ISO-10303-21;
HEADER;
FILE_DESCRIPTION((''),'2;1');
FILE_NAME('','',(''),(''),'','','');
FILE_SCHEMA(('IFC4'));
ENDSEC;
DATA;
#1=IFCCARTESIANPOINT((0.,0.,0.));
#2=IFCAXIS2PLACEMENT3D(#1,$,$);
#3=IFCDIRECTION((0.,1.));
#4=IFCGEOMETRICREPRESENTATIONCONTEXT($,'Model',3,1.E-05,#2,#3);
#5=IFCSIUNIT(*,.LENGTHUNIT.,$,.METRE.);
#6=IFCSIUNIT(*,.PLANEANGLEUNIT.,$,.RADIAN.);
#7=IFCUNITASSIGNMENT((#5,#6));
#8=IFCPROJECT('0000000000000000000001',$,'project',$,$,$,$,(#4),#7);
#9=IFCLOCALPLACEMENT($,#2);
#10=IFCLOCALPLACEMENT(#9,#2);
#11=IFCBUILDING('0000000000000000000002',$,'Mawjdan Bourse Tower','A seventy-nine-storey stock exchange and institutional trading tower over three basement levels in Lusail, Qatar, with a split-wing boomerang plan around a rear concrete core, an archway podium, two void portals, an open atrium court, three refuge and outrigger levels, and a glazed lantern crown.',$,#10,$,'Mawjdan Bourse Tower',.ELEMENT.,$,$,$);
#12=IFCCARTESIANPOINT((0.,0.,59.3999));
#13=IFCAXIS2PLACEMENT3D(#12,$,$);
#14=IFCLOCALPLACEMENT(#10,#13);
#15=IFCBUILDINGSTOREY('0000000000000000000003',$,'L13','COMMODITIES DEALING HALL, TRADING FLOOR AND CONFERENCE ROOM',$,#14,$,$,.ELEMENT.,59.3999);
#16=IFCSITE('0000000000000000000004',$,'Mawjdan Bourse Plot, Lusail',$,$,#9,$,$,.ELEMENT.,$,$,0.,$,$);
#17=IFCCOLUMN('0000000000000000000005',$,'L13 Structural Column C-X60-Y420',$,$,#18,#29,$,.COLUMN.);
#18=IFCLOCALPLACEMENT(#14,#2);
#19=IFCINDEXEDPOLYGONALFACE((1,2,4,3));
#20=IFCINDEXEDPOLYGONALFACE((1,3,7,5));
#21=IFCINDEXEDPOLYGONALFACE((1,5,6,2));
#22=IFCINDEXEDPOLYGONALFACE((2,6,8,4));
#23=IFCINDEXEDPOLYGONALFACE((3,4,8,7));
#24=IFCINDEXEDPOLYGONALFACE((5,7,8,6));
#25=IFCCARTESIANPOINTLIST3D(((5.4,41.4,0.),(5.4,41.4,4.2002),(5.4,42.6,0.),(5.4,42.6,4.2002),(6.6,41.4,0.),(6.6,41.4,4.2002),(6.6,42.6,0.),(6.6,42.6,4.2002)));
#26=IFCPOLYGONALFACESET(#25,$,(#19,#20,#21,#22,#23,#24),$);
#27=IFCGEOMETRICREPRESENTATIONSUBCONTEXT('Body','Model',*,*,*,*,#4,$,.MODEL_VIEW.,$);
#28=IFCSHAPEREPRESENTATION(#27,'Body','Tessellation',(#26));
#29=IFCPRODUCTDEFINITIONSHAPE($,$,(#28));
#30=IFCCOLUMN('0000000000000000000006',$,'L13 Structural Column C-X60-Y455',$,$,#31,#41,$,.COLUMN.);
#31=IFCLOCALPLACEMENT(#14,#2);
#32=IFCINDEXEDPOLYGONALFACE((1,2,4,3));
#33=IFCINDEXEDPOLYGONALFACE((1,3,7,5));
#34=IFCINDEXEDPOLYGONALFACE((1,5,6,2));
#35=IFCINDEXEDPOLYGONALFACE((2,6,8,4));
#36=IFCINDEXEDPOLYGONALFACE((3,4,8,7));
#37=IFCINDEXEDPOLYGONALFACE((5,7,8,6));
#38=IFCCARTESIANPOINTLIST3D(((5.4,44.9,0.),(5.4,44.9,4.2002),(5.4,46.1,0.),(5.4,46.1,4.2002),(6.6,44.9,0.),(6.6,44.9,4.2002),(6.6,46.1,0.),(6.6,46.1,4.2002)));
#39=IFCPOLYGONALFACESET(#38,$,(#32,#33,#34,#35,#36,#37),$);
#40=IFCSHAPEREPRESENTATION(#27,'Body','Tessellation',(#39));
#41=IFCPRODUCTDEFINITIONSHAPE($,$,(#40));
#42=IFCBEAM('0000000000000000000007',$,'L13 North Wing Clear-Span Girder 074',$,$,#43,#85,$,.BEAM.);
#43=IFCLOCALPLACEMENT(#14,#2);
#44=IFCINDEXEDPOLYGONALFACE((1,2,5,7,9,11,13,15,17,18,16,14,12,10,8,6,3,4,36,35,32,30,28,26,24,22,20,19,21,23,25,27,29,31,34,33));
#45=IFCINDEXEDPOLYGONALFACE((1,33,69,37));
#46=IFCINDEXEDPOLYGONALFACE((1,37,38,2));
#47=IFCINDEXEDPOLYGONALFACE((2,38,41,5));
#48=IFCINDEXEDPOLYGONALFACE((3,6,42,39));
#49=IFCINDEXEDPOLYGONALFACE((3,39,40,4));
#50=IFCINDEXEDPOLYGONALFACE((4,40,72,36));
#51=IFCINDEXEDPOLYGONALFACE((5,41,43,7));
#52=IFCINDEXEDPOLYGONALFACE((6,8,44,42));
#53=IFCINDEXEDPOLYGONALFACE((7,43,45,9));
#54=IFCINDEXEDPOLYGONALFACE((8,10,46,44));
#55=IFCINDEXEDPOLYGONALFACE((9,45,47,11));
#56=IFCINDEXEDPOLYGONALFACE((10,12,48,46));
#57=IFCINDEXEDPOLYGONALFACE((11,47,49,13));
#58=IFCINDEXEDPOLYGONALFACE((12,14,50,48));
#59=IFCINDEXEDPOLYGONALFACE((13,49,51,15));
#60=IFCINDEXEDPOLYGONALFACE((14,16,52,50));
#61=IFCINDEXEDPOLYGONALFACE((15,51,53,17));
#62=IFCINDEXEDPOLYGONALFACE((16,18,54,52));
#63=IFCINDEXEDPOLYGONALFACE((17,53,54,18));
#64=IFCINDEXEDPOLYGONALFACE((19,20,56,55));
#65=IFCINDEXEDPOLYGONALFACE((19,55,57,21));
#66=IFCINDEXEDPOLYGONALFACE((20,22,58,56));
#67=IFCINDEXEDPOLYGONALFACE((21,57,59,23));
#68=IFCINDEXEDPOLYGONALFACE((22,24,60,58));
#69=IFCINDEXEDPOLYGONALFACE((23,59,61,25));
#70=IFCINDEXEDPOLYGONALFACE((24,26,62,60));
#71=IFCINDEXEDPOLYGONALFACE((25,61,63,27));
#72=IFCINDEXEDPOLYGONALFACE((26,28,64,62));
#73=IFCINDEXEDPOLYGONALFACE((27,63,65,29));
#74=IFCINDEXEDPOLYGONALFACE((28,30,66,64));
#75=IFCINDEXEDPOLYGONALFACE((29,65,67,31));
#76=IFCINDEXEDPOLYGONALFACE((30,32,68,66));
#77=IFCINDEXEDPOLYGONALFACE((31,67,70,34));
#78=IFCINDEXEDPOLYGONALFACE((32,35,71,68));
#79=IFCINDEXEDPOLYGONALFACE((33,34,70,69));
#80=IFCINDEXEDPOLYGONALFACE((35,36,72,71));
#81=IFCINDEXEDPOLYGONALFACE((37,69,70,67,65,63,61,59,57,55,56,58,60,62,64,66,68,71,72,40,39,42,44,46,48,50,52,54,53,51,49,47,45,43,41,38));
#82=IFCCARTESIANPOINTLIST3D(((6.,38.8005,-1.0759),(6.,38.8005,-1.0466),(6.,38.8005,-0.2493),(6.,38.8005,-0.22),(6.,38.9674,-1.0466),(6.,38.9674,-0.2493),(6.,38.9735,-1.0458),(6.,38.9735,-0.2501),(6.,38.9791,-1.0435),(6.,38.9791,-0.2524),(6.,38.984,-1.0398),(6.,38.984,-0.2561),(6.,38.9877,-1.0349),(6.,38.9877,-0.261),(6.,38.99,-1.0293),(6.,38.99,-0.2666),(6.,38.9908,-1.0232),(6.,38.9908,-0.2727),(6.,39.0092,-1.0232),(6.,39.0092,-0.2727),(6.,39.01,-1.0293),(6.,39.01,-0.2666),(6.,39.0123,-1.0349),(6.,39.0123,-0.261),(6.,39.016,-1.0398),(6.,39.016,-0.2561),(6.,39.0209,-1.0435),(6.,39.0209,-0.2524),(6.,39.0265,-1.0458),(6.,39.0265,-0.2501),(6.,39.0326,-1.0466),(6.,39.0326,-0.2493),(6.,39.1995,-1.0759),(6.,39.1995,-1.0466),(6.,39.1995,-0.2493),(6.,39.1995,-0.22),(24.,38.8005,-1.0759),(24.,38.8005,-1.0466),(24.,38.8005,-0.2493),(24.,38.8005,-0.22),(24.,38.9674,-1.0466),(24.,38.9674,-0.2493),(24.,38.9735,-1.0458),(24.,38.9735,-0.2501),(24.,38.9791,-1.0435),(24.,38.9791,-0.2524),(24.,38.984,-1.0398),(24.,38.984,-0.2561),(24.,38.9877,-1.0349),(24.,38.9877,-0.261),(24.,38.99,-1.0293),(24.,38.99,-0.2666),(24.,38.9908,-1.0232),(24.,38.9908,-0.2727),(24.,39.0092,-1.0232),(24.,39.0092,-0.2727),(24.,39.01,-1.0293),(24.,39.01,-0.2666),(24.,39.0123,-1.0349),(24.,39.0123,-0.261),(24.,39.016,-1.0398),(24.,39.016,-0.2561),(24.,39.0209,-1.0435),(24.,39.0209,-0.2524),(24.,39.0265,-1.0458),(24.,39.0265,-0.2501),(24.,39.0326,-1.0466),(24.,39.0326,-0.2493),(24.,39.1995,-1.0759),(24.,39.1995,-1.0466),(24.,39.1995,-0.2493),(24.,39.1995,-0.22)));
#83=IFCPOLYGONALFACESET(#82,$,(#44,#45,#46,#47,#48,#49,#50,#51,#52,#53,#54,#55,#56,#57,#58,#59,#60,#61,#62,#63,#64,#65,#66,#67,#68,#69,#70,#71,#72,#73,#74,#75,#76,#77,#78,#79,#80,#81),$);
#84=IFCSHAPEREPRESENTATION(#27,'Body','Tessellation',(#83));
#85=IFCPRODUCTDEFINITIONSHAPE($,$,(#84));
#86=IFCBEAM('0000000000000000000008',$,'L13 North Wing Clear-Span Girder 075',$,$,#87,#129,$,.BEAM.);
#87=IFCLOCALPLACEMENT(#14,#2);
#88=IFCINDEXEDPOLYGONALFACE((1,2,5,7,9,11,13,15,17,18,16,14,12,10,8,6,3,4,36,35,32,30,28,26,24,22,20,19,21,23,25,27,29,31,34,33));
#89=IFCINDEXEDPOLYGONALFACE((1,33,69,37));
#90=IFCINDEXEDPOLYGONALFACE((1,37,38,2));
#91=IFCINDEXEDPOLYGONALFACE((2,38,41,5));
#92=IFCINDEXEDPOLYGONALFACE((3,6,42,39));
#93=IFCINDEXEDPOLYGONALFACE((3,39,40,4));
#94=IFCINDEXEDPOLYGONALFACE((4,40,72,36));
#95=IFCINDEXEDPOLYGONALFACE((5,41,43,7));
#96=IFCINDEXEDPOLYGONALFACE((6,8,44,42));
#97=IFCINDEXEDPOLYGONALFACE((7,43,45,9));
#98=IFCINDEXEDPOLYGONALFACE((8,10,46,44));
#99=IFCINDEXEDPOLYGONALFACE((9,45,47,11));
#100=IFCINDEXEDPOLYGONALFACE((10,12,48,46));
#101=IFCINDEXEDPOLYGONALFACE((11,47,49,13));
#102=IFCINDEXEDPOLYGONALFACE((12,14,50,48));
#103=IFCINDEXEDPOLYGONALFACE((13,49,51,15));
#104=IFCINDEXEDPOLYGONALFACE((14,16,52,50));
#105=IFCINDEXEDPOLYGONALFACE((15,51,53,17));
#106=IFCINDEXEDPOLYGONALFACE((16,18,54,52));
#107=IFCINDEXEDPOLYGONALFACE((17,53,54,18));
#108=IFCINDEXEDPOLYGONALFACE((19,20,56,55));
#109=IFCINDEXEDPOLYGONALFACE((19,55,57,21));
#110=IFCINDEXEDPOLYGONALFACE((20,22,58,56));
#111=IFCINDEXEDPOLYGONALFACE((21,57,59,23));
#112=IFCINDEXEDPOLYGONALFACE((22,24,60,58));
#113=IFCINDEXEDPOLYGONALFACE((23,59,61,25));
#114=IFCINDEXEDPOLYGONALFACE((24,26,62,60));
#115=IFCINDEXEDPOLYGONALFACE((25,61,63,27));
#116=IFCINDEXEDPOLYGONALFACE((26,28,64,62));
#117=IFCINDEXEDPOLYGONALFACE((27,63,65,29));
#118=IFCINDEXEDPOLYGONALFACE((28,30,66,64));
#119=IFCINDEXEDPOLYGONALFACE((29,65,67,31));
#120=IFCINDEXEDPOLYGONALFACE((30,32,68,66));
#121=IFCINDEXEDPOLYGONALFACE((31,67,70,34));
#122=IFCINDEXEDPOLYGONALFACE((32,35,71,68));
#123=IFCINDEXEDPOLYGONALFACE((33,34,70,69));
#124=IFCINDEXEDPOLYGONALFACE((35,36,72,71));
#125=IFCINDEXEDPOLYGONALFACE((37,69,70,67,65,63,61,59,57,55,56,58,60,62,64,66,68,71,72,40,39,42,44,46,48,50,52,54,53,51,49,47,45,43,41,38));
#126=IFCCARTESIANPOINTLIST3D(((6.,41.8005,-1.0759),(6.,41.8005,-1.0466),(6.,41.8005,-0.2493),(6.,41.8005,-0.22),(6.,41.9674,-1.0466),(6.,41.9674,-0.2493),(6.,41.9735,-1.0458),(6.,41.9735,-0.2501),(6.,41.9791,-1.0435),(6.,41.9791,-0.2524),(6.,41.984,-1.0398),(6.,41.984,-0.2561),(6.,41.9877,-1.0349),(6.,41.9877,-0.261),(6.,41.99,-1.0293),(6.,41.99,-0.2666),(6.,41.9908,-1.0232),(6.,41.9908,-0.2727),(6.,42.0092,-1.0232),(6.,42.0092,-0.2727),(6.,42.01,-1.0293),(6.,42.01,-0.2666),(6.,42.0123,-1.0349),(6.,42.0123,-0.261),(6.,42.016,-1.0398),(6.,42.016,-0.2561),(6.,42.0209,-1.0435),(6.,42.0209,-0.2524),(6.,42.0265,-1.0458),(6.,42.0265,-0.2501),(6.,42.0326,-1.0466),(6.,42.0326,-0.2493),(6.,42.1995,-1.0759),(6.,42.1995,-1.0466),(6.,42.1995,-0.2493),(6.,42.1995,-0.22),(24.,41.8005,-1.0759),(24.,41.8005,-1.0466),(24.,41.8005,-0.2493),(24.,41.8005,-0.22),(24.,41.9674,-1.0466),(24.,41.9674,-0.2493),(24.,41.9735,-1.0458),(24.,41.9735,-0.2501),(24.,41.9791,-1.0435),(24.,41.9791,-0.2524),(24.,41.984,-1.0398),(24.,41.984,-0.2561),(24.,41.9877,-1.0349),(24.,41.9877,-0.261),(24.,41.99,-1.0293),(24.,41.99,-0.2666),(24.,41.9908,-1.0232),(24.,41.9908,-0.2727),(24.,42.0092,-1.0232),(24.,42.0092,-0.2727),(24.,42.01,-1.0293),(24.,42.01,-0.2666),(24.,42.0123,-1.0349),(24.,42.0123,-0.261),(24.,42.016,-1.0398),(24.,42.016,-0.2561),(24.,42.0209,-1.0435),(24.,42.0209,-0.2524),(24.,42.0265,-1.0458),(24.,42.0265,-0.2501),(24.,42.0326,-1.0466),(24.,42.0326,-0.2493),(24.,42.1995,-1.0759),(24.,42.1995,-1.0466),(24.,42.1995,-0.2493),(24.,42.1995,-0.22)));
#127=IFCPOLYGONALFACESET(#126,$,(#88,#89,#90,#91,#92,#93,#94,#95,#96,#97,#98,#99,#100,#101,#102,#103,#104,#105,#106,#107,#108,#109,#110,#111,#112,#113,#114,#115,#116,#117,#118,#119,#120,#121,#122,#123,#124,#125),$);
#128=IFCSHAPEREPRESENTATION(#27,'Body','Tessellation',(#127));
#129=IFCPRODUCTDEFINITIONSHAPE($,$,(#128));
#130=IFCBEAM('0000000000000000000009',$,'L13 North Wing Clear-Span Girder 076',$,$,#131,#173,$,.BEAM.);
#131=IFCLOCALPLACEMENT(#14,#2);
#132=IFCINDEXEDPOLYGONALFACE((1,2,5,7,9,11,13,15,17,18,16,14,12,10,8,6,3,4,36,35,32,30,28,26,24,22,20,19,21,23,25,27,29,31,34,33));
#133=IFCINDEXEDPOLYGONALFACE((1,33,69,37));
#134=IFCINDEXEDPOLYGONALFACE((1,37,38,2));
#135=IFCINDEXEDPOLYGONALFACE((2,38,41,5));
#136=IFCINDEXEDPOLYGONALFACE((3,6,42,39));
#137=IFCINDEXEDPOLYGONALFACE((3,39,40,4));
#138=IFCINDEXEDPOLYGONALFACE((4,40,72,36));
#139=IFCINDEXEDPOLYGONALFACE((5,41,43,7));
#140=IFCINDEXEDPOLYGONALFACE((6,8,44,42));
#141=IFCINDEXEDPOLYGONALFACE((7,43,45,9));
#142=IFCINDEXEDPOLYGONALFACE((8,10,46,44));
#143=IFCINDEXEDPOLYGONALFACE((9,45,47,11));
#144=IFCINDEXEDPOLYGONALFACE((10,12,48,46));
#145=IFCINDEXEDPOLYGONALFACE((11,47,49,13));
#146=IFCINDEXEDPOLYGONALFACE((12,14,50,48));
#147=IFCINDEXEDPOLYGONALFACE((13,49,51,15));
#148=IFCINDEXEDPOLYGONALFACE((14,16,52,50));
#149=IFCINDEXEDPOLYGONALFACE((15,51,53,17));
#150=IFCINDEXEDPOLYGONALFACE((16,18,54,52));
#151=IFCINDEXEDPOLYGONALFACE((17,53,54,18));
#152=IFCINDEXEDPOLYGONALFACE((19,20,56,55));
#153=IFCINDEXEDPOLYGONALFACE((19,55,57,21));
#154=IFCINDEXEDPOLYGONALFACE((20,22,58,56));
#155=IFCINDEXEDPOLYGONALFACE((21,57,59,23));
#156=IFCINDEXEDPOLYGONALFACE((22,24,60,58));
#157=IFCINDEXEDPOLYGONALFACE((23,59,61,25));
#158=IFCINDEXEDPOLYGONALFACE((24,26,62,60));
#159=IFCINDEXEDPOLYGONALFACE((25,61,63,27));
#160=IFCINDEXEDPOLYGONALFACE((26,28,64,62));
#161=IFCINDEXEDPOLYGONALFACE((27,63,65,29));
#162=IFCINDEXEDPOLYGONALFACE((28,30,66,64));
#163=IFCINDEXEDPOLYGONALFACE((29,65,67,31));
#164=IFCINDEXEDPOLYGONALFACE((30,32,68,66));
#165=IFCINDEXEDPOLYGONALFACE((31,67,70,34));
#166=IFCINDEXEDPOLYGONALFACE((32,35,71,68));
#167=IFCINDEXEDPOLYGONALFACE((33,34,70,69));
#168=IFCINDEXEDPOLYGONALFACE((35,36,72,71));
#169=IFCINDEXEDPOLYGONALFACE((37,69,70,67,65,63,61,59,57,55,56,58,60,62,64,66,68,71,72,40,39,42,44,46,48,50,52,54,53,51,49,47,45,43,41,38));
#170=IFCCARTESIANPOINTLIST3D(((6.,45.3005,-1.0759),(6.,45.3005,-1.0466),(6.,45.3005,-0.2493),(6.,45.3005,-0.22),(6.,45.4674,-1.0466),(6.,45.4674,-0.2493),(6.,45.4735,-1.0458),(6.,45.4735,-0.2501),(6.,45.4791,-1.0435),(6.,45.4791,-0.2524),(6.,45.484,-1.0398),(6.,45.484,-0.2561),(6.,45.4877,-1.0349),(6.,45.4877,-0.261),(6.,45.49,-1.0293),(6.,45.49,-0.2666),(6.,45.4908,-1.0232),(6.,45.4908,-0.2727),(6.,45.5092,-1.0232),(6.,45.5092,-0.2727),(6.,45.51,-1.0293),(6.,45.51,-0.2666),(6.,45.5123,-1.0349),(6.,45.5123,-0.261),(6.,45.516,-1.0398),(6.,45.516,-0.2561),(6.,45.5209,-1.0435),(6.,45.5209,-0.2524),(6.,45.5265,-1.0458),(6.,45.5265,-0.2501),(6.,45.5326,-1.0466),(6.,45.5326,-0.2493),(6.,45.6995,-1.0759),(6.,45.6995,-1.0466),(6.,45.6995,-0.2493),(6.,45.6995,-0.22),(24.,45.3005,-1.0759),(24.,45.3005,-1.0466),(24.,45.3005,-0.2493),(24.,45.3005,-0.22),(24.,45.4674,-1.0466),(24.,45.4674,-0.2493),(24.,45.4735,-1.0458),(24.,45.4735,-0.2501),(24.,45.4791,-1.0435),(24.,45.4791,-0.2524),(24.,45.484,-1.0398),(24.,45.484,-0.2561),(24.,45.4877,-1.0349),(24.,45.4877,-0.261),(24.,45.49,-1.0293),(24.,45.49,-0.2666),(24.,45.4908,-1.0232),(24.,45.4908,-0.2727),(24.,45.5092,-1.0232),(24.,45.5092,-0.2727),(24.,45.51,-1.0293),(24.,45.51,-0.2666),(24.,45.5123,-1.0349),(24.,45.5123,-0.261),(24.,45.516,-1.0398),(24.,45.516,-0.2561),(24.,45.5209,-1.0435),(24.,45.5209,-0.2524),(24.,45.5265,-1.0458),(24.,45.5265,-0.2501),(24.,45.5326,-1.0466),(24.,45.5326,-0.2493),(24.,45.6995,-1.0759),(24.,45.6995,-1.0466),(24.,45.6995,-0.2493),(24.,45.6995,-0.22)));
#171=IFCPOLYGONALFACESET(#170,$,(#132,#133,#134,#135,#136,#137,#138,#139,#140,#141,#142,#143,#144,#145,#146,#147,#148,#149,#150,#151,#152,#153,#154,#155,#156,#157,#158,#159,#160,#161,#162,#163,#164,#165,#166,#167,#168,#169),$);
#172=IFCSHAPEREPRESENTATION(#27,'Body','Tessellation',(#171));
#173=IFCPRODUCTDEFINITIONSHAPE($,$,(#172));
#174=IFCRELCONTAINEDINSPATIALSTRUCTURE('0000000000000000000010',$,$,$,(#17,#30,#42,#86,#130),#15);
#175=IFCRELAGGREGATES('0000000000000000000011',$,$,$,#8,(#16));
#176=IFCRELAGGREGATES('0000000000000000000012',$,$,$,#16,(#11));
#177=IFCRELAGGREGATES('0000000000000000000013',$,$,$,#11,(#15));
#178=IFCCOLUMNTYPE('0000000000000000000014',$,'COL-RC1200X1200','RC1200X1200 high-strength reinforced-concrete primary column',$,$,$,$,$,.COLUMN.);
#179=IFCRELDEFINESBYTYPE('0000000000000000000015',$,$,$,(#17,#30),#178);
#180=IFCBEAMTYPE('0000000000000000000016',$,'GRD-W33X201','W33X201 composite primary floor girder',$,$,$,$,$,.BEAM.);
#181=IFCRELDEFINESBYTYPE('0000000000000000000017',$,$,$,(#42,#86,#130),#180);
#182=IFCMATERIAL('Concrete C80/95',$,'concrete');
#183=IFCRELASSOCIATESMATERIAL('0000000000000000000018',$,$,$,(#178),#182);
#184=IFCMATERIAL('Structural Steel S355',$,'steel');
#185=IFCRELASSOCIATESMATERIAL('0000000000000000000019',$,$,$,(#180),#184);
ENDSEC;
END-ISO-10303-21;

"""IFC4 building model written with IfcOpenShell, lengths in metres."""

from ifc_helpers import new_model, si_unit, direction, frame, origin, origin_2d, place, context, subcontext, project, spatial, rectangle, i_section, extrude, material, material_profile, profile_set, type_object, element, save


model = new_model("IFC4")

# Units and contexts
model_context = context("Model", 3, precision=1e-05, world=origin(), true_north=direction((0.0, 1.0)))
body_context = subcontext(model_context, "Body", "Model", "MODEL_VIEW")
ifc_project = project(units=[si_unit("LENGTHUNIT", "METRE"), si_unit("PLANEANGLEUNIT", "RADIAN")], contexts=[model_context])

# Site, building, storey
site_placement = place(None, origin())
site = spatial("IfcSite", under=ifc_project, at=site_placement, Name="Mawjdan Bourse Plot, Lusail", CompositionType="ELEMENT", RefElevation=0.0)
building_placement = place(site_placement, origin())
building = spatial("IfcBuilding", under=site, at=building_placement, Name="Mawjdan Bourse Tower", Description="A seventy-nine-storey stock exchange and institutional trading tower over three basement levels in Lusail, Qatar, with a split-wing boomerang plan around a rear concrete core, an archway podium, two void portals, an open atrium court, three refuge and outrigger levels, and a glazed lantern crown.", LongName="Mawjdan Bourse Tower", CompositionType="ELEMENT")
storey_placement = place(building_placement, frame((0.0, 0.0, 59.3999)))
storey = spatial("IfcBuildingStorey", under=building, at=storey_placement, Name="L13", Description="COMMODITIES DEALING HALL, TRADING FLOOR AND CONFERENCE ROOM", CompositionType="ELEMENT", Elevation=59.3999)

# Columns
ifc_material_1 = material(Name="Concrete C80/95", Category="concrete")
ifc_material_profile_1 = material_profile(ifc_material_1, rectangle(XDim=1.2, YDim=1.2, at=origin_2d()), Name="RC1200X1200")
ifc_profile_set_1 = profile_set([ifc_material_profile_1], Name="Concrete C80/95")
column_type = type_object("IfcColumnType", Name="COL-RC1200X1200", Description="RC1200X1200 high-strength reinforced-concrete primary column", PredefinedType="COLUMN", material=ifc_profile_set_1)
for number, where, z_axis, x_axis, name in (
    (1, (6.0, 42.0, 0.0), (0.0, 0.0, 1.0), (1.0, 0.0, 0.0), "L13 Structural Column C-X60-Y420"),
    (2, (6.0, 45.5, 0.0), (0.0, 0.0, 1.0), (1.0, 0.0, 0.0), "L13 Structural Column C-X60-Y455"),
):
    element("IfcColumn", number, at=place(storey_placement, frame(where, z_axis=z_axis, x_axis=x_axis)), inside=storey, type_object=column_type, Name=name, PredefinedType="COLUMN", context=body_context, shape_type="SweptSolid", body=[
        extrude(rectangle(XDim=1.2, YDim=1.2, at=origin_2d()), origin(), (0.0, 0.0, 1.0), 4.2002),
    ])

# Beams
ifc_material_2 = material(Name="Structural Steel S355", Category="steel")
ifc_material_profile_2 = material_profile(ifc_material_2, i_section(OverallWidth=0.3989, OverallDepth=0.856, WebThickness=0.0183, FlangeThickness=0.0293, FilletRadius=0.0234, at=origin_2d()), Name="W33X201")
ifc_profile_set_2 = profile_set([ifc_material_profile_2], Name="Structural Steel S355")
beam_type_1 = type_object("IfcBeamType", Name="GRD-W33X201", Description="W33X201 composite primary floor girder", PredefinedType="BEAM", material=ifc_profile_set_2)
for number, where, z_axis, x_axis, name in (
    (3, (6.0, 39.0, -0.6479), (1.0, 0.0, 0.0), (0.0, 1.0, 0.0), "L13 North Wing Clear-Span Girder 074"),
    (4, (6.0, 42.0, -0.6479), (1.0, 0.0, 0.0), (0.0, 1.0, 0.0), "L13 North Wing Clear-Span Girder 075"),
    (5, (6.0, 45.5, -0.6479), (1.0, 0.0, 0.0), (0.0, 1.0, 0.0), "L13 North Wing Clear-Span Girder 076"),
):
    element("IfcBeam", number, at=place(storey_placement, frame(where, z_axis=z_axis, x_axis=x_axis)), inside=storey, type_object=beam_type_1, Name=name, PredefinedType="BEAM", context=body_context, shape_type="SweptSolid", body=[
        extrude(i_section(OverallWidth=0.3989, OverallDepth=0.856, WebThickness=0.0183, FlangeThickness=0.0293, FilletRadius=0.0234, at=origin_2d()), origin(), (0.0, 0.0, 1.0), 18.0),
    ])

save(model, "model.ifc")
